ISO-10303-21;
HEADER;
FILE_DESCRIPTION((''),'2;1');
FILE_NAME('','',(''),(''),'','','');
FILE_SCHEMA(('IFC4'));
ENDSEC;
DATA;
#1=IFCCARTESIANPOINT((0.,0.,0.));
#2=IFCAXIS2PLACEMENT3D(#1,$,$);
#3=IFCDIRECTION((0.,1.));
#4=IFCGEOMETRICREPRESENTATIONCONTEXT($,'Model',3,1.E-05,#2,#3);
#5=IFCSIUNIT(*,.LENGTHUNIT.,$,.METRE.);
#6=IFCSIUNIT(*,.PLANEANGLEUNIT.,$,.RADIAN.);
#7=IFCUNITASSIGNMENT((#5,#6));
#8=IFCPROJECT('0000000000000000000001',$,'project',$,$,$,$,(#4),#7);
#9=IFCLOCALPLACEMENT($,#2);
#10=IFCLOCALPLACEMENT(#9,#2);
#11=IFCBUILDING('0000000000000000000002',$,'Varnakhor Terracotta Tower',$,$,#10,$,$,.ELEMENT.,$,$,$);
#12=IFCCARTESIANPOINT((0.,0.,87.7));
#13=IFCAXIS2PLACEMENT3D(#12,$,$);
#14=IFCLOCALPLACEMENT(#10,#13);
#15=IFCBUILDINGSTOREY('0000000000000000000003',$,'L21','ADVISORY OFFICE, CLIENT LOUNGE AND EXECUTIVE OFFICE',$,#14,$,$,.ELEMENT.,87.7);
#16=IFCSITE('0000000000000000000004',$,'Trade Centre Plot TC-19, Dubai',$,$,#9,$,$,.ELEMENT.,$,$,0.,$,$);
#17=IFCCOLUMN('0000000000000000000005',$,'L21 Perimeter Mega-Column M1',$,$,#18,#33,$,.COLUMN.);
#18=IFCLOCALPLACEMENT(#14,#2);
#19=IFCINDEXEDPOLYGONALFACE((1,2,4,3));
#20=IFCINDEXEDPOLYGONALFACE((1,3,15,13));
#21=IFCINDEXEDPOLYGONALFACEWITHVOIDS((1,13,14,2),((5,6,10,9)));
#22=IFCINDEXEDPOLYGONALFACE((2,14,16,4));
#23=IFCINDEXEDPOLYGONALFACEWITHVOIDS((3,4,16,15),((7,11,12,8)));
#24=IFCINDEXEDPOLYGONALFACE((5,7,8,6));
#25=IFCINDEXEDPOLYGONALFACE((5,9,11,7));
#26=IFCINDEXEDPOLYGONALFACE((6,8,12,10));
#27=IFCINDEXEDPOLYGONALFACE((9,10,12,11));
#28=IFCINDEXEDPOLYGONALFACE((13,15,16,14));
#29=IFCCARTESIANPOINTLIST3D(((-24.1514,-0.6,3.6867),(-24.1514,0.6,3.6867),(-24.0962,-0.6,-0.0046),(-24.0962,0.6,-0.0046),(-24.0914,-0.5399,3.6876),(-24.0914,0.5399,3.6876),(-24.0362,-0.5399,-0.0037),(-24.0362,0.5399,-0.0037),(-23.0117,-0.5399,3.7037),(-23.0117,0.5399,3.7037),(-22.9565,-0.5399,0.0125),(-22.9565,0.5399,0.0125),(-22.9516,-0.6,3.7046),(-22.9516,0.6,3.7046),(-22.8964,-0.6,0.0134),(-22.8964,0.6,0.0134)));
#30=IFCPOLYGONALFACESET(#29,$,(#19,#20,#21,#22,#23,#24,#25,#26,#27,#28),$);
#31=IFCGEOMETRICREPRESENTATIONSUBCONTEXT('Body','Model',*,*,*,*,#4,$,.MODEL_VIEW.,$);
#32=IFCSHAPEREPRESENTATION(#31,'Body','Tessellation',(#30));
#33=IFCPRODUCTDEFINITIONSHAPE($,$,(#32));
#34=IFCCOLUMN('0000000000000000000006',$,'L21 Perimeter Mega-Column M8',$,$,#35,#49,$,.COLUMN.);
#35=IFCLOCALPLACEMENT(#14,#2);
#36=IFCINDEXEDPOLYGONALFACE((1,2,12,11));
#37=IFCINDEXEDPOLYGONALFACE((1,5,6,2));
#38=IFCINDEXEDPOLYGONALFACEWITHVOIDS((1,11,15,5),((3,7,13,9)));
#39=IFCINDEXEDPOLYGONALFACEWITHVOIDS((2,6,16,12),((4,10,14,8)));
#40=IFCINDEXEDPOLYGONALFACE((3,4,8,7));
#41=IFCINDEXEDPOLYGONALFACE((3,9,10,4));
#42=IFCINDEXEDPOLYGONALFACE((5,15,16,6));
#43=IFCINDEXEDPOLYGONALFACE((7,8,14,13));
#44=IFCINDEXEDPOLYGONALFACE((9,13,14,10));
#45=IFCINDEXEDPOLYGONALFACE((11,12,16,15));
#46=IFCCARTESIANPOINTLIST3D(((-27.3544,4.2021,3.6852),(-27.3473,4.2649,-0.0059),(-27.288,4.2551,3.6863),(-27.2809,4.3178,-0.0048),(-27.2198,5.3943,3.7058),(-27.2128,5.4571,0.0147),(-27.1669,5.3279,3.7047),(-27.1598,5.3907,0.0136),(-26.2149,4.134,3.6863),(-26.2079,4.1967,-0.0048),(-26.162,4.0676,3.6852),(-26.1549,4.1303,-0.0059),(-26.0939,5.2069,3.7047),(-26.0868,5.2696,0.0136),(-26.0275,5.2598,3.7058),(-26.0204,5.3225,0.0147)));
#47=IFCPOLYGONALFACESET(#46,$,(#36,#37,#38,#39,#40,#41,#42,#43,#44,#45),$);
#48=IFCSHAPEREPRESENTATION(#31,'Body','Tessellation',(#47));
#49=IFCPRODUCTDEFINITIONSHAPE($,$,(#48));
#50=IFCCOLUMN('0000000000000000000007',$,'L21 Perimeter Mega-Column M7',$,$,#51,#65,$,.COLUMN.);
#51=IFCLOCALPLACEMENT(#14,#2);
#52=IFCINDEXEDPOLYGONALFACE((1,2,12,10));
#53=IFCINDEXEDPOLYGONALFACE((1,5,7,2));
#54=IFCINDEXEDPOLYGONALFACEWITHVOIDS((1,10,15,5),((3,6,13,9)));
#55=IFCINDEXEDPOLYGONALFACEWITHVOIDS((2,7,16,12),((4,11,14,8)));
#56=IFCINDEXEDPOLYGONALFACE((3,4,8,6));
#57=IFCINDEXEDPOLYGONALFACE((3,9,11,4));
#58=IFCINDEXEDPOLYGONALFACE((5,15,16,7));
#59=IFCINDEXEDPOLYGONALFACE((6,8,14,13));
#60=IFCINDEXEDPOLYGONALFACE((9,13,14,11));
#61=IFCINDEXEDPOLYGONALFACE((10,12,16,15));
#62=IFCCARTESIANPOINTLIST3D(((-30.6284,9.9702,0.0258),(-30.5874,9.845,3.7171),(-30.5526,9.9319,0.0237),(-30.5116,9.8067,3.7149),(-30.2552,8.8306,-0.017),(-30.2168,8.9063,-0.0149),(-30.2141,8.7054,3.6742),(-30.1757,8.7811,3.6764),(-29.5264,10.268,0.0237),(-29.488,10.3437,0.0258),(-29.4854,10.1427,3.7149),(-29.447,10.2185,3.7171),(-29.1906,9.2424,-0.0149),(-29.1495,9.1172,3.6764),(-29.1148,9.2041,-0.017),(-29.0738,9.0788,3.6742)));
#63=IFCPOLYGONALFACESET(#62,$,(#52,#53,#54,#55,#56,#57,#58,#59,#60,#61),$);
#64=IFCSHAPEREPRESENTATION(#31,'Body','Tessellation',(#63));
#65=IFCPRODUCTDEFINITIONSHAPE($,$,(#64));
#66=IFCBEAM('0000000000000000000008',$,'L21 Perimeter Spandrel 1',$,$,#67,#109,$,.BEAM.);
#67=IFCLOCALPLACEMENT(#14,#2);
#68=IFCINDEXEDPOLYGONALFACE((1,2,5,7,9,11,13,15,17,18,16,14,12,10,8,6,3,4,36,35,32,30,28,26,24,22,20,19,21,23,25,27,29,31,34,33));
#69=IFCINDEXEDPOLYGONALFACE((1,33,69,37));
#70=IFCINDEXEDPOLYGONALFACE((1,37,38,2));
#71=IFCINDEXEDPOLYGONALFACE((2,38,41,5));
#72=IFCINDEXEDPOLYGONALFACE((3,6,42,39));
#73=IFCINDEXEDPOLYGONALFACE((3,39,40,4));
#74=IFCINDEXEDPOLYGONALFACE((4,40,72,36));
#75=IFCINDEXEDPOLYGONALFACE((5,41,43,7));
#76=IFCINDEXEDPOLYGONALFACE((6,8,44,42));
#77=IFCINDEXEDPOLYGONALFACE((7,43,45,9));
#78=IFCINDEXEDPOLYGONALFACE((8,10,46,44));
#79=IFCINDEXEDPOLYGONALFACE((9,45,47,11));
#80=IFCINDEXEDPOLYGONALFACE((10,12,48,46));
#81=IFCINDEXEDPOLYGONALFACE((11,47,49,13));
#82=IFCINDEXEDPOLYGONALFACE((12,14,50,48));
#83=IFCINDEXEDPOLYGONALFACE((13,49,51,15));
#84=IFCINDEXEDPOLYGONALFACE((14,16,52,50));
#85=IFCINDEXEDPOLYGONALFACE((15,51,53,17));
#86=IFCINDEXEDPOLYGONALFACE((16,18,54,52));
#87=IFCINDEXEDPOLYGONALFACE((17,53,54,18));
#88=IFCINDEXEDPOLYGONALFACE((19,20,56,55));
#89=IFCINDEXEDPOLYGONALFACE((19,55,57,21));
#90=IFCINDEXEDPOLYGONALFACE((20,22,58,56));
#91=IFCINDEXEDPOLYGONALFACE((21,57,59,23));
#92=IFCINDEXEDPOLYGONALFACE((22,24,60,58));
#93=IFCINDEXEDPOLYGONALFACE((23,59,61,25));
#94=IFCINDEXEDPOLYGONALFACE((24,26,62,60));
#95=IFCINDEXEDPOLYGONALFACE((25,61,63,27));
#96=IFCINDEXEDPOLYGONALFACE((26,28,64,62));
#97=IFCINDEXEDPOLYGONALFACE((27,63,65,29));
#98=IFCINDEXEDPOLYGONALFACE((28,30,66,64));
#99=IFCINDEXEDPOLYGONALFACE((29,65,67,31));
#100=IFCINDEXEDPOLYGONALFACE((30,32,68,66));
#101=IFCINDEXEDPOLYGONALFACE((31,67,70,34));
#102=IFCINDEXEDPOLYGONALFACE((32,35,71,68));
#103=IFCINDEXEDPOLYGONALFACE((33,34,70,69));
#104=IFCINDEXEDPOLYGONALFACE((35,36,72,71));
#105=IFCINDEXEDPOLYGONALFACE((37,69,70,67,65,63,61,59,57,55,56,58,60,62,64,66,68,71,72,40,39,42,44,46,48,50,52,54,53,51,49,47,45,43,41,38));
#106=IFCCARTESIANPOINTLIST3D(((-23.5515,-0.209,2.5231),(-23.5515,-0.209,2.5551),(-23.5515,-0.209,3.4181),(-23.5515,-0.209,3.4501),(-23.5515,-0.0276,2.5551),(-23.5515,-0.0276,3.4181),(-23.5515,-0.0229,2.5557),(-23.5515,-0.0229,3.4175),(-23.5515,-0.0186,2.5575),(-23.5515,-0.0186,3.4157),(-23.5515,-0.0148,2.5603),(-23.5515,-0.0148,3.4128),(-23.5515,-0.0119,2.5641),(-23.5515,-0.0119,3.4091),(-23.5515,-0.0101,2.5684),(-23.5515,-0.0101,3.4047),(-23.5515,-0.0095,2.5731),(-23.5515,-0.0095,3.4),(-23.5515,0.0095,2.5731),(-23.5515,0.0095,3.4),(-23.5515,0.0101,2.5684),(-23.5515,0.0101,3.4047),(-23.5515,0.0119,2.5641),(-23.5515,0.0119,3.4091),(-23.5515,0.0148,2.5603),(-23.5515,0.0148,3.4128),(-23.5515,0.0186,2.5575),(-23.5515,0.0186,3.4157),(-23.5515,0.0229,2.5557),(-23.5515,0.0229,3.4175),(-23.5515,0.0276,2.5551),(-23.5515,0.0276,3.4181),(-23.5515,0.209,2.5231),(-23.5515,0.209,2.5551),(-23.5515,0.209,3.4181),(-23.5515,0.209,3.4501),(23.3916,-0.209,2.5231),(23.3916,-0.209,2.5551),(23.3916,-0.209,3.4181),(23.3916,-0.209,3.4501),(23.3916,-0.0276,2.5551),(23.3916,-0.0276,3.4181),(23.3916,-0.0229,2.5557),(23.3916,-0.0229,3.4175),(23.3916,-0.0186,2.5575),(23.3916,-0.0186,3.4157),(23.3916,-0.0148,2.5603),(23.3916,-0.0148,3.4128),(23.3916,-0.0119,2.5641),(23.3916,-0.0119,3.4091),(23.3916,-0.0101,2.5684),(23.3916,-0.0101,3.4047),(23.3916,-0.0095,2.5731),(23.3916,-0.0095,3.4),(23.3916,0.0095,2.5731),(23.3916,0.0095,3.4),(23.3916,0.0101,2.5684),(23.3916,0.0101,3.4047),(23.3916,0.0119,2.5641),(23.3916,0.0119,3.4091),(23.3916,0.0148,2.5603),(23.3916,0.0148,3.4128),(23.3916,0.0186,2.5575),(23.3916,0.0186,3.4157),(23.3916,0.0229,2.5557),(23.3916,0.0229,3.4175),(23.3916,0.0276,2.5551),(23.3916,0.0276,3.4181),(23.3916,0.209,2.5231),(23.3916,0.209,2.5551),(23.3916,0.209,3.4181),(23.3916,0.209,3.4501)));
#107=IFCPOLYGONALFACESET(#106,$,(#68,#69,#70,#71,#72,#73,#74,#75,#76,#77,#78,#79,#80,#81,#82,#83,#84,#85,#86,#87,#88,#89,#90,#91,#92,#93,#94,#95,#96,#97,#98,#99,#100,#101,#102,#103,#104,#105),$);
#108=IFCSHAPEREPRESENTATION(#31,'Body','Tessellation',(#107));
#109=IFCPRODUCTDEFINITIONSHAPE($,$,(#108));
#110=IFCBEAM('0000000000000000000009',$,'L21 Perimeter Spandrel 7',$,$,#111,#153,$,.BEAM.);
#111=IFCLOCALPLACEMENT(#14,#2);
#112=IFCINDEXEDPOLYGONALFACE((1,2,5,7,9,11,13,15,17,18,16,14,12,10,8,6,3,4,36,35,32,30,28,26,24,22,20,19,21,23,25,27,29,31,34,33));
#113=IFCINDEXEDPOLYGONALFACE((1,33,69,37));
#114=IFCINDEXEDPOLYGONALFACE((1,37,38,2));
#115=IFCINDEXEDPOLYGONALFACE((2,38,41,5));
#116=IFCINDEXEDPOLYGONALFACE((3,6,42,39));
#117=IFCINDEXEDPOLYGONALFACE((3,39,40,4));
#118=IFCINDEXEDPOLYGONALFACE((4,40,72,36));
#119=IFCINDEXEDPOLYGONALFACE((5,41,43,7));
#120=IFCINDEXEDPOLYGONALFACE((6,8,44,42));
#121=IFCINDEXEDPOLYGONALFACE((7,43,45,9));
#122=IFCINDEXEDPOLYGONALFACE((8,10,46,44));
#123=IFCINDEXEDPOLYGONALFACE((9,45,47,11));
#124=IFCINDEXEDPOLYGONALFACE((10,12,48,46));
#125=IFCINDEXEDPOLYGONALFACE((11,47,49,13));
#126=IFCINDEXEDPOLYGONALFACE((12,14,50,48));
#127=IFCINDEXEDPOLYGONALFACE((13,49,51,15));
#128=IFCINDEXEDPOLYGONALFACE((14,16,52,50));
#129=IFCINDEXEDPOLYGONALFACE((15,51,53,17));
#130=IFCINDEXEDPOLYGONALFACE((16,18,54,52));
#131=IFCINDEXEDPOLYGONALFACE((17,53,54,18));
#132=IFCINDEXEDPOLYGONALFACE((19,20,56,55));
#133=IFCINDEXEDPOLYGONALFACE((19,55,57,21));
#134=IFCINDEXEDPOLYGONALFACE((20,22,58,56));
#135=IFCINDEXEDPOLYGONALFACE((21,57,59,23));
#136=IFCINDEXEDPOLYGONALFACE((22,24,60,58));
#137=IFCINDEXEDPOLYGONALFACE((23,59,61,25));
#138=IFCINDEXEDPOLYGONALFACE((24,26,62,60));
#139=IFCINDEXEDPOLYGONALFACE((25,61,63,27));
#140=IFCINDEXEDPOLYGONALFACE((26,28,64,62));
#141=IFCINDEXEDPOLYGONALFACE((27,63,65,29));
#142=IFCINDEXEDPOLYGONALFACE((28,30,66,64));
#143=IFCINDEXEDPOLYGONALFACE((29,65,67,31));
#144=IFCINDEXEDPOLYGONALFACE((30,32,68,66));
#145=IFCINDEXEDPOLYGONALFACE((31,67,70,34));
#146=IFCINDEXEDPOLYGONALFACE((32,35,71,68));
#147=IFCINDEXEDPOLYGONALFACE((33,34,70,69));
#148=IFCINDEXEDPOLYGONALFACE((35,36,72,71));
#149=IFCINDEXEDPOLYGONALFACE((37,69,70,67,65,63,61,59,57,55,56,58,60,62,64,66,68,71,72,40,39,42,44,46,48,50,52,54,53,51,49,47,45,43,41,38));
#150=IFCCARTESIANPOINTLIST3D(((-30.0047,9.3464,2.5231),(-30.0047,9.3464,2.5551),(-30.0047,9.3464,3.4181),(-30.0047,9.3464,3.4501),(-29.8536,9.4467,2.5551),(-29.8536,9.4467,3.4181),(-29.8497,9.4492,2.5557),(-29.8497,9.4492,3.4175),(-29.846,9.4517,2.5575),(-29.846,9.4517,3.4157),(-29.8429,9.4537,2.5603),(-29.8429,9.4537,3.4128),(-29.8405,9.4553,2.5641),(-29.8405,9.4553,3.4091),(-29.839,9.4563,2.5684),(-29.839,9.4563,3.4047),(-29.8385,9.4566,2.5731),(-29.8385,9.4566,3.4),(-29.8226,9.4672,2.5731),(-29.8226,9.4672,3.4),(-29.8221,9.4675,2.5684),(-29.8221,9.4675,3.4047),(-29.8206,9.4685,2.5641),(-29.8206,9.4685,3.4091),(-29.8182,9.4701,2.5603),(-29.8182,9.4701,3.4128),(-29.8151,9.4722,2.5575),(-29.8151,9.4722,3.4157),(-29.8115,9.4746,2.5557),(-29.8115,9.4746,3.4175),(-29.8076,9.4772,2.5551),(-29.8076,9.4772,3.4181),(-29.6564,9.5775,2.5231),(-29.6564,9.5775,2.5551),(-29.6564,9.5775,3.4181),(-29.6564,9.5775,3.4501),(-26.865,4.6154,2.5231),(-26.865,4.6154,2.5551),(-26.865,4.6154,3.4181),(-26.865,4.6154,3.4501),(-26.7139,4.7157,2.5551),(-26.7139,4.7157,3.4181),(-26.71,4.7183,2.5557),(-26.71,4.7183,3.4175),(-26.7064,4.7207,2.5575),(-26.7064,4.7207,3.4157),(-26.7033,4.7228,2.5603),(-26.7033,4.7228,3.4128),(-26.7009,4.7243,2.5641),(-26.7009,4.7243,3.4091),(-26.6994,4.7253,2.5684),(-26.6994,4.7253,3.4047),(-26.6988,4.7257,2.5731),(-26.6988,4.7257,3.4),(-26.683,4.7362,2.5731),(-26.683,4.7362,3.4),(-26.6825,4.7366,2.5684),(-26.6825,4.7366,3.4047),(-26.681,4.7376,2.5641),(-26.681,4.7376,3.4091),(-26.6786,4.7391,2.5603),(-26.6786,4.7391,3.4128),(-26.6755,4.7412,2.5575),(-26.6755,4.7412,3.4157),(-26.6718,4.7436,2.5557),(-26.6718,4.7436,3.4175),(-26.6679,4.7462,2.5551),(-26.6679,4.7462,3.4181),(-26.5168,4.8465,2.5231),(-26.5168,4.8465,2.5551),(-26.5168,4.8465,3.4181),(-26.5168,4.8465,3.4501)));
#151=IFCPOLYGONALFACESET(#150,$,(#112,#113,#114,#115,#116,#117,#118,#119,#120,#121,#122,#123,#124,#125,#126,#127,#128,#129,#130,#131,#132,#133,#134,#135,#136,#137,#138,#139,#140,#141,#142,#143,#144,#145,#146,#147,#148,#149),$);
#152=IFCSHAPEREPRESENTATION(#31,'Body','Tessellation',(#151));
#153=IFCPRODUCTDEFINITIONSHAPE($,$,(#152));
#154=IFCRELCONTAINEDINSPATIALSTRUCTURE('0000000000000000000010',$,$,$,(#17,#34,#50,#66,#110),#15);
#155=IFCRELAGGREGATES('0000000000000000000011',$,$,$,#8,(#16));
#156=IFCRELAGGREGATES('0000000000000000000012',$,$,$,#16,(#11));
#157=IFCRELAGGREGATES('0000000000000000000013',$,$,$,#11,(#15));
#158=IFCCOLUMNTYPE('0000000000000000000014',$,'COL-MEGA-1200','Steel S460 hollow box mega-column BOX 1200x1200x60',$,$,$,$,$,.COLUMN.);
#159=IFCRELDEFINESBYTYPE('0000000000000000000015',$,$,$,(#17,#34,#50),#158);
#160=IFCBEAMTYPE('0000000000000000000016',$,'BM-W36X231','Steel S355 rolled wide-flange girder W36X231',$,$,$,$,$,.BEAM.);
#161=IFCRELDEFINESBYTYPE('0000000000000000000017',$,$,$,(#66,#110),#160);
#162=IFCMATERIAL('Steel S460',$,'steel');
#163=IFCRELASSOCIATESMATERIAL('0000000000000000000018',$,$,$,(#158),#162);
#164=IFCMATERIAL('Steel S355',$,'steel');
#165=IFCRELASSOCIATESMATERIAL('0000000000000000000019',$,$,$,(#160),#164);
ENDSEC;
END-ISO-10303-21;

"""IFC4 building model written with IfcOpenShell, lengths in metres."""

from ifc_helpers import new_model, si_unit, direction, frame, origin, origin_2d, place, context, subcontext, project, spatial, hollow_rectangle, i_section, extrude, source, transform, mapped, material, material_profile, profile_set, type_object, type_shapes, element, save


model = new_model("IFC4")

# Units and contexts
model_context = context("Model", 3, precision=1e-05, world=origin(), true_north=direction((0.0, 1.0)))
body_context = subcontext(model_context, "Body", "Model", "MODEL_VIEW")
ifc_project = project(units=[si_unit("LENGTHUNIT", "METRE"), si_unit("PLANEANGLEUNIT", "RADIAN")], contexts=[model_context])

# Site, building, storey
site_placement = place(None, origin())
site = spatial("IfcSite", under=ifc_project, at=site_placement, Name="Trade Centre Plot TC-19, Dubai", CompositionType="ELEMENT", RefElevation=0.0)
building_placement = place(site_placement, origin())
building = spatial("IfcBuilding", under=site, at=building_placement, Name="Varnakhor Terracotta Tower", CompositionType="ELEMENT")
storey_placement = place(building_placement, frame((0.0, 0.0, 87.7)))
storey = spatial("IfcBuildingStorey", under=building, at=storey_placement, Name="L21", Description="ADVISORY OFFICE, CLIENT LOUNGE AND EXECUTIVE OFFICE", CompositionType="ELEMENT", Elevation=87.7)

# Columns
ifc_material_1 = material(Name="Steel S460", Category="steel")
ifc_material_profile_1 = material_profile(ifc_material_1, hollow_rectangle(XDim=1.2, YDim=1.2, WallThickness=0.0601, at=origin_2d()), Name="BOX 1200x1200x60")
ifc_profile_set_1 = profile_set([ifc_material_profile_1], Name="Steel S460")
column_type = type_object("IfcColumnType", Name="COL-MEGA-1200", Description="Steel S460 hollow box mega-column BOX 1200x1200x60", PredefinedType="COLUMN", material=ifc_profile_set_1)
shared_shape_1 = source(origin(), body_context, "Body", "SweptSolid", [
    extrude(hollow_rectangle(XDim=1.2, YDim=1.2, WallThickness=0.0601, at=origin_2d()), origin(), (0.0, 0.0, 1.0), 3.6917),
])
type_shapes(column_type, [shared_shape_1])
for number, where, z_axis, x_axis, name in (
    (1, (-23.4963, 0.0, 0.0044), (-0.014946, 0.0, 0.999888), (0.0, -1.0, 0.0), "L21 Perimeter Mega-Column M1"),
    (2, (-26.6838, 4.7937, 0.0044), (-0.001918, -0.016996, 0.999854), (0.993694, -0.112129, 0.0), "L21 Perimeter Mega-Column M8"),
):
    element("IfcColumn", number, at=place(storey_placement, frame(where, z_axis=z_axis, x_axis=x_axis)), inside=storey, type_object=column_type, Name=name, PredefinedType="COLUMN", context=body_context, shape_type="MappedRepresentation", body=[
        mapped(shared_shape_1, transform((0.0, 0.0, 0.0), scale=1.0)),
    ])
shared_shape_2 = source(origin(), body_context, "Body", "SweptSolid", [
    extrude(hollow_rectangle(XDim=1.2, YDim=1.2, WallThickness=0.0601, at=origin_2d()), origin(), (0.0, 0.0, 1.0), 3.6936),
])
column_placement = place(storey_placement, frame((-29.8716, 9.5872, 0.0044), z_axis=(0.011105, -0.033909, 0.999363), x_axis=(0.950337, 0.311222, 0.0)))
element("IfcColumn", 3, at=column_placement, inside=storey, type_object=column_type, Name="L21 Perimeter Mega-Column M7", PredefinedType="COLUMN", context=body_context, shape_type="MappedRepresentation", body=[
    mapped(shared_shape_2, transform((0.0, 0.0, 0.0), scale=1.0)),
])

# Beams
ifc_material_2 = material(Name="Steel S355", Category="steel")
ifc_material_profile_2 = material_profile(ifc_material_2, i_section(OverallWidth=0.418, OverallDepth=0.927, WebThickness=0.019, FlangeThickness=0.032, FilletRadius=0.0181, at=origin_2d()), Name="W36X231")
ifc_profile_set_2 = profile_set([ifc_material_profile_2], Name="Steel S355")
beam_type_1 = type_object("IfcBeamType", Name="BM-W36X231", Description="Steel S355 rolled wide-flange girder W36X231", PredefinedType="BEAM", material=ifc_profile_set_2)
shared_shape_3 = source(origin(), body_context, "Body", "SweptSolid", [
    extrude(i_section(OverallWidth=0.418, OverallDepth=0.927, WebThickness=0.019, FlangeThickness=0.032, FilletRadius=0.0181, at=origin_2d()), origin(), (0.0, 0.0, 1.0), 46.9431),
])
beam_1_placement = place(storey_placement, frame((-23.5515, 0.0, 2.9866), z_axis=(1.0, 0.0, 0.0), x_axis=(0.0, 1.0, 0.0)))
element("IfcBeam", 4, at=beam_1_placement, inside=storey, type_object=beam_type_1, Name="L21 Perimeter Spandrel 1", PredefinedType="BEAM", context=body_context, shape_type="MappedRepresentation", body=[
    mapped(shared_shape_3, transform((0.0, 0.0, 0.0), scale=1.0)),
])
shared_shape_4 = source(origin(), body_context, "Body", "SweptSolid", [
    extrude(i_section(OverallWidth=0.418, OverallDepth=0.927, WebThickness=0.019, FlangeThickness=0.032, FilletRadius=0.0181, at=origin_2d()), origin(), (0.0, 0.0, 1.0), 5.678),
])
beam_2_placement = place(storey_placement, frame((-29.8306, 9.4619, 2.9866), z_axis=(0.552953, -0.833213, 0.0), x_axis=(0.833213, 0.552953, 0.0)))
element("IfcBeam", 5, at=beam_2_placement, inside=storey, type_object=beam_type_1, Name="L21 Perimeter Spandrel 7", PredefinedType="BEAM", context=body_context, shape_type="MappedRepresentation", body=[
    mapped(shared_shape_4, transform((0.0, 0.0, 0.0), scale=1.0)),
])

save(model, "model.ifc")
